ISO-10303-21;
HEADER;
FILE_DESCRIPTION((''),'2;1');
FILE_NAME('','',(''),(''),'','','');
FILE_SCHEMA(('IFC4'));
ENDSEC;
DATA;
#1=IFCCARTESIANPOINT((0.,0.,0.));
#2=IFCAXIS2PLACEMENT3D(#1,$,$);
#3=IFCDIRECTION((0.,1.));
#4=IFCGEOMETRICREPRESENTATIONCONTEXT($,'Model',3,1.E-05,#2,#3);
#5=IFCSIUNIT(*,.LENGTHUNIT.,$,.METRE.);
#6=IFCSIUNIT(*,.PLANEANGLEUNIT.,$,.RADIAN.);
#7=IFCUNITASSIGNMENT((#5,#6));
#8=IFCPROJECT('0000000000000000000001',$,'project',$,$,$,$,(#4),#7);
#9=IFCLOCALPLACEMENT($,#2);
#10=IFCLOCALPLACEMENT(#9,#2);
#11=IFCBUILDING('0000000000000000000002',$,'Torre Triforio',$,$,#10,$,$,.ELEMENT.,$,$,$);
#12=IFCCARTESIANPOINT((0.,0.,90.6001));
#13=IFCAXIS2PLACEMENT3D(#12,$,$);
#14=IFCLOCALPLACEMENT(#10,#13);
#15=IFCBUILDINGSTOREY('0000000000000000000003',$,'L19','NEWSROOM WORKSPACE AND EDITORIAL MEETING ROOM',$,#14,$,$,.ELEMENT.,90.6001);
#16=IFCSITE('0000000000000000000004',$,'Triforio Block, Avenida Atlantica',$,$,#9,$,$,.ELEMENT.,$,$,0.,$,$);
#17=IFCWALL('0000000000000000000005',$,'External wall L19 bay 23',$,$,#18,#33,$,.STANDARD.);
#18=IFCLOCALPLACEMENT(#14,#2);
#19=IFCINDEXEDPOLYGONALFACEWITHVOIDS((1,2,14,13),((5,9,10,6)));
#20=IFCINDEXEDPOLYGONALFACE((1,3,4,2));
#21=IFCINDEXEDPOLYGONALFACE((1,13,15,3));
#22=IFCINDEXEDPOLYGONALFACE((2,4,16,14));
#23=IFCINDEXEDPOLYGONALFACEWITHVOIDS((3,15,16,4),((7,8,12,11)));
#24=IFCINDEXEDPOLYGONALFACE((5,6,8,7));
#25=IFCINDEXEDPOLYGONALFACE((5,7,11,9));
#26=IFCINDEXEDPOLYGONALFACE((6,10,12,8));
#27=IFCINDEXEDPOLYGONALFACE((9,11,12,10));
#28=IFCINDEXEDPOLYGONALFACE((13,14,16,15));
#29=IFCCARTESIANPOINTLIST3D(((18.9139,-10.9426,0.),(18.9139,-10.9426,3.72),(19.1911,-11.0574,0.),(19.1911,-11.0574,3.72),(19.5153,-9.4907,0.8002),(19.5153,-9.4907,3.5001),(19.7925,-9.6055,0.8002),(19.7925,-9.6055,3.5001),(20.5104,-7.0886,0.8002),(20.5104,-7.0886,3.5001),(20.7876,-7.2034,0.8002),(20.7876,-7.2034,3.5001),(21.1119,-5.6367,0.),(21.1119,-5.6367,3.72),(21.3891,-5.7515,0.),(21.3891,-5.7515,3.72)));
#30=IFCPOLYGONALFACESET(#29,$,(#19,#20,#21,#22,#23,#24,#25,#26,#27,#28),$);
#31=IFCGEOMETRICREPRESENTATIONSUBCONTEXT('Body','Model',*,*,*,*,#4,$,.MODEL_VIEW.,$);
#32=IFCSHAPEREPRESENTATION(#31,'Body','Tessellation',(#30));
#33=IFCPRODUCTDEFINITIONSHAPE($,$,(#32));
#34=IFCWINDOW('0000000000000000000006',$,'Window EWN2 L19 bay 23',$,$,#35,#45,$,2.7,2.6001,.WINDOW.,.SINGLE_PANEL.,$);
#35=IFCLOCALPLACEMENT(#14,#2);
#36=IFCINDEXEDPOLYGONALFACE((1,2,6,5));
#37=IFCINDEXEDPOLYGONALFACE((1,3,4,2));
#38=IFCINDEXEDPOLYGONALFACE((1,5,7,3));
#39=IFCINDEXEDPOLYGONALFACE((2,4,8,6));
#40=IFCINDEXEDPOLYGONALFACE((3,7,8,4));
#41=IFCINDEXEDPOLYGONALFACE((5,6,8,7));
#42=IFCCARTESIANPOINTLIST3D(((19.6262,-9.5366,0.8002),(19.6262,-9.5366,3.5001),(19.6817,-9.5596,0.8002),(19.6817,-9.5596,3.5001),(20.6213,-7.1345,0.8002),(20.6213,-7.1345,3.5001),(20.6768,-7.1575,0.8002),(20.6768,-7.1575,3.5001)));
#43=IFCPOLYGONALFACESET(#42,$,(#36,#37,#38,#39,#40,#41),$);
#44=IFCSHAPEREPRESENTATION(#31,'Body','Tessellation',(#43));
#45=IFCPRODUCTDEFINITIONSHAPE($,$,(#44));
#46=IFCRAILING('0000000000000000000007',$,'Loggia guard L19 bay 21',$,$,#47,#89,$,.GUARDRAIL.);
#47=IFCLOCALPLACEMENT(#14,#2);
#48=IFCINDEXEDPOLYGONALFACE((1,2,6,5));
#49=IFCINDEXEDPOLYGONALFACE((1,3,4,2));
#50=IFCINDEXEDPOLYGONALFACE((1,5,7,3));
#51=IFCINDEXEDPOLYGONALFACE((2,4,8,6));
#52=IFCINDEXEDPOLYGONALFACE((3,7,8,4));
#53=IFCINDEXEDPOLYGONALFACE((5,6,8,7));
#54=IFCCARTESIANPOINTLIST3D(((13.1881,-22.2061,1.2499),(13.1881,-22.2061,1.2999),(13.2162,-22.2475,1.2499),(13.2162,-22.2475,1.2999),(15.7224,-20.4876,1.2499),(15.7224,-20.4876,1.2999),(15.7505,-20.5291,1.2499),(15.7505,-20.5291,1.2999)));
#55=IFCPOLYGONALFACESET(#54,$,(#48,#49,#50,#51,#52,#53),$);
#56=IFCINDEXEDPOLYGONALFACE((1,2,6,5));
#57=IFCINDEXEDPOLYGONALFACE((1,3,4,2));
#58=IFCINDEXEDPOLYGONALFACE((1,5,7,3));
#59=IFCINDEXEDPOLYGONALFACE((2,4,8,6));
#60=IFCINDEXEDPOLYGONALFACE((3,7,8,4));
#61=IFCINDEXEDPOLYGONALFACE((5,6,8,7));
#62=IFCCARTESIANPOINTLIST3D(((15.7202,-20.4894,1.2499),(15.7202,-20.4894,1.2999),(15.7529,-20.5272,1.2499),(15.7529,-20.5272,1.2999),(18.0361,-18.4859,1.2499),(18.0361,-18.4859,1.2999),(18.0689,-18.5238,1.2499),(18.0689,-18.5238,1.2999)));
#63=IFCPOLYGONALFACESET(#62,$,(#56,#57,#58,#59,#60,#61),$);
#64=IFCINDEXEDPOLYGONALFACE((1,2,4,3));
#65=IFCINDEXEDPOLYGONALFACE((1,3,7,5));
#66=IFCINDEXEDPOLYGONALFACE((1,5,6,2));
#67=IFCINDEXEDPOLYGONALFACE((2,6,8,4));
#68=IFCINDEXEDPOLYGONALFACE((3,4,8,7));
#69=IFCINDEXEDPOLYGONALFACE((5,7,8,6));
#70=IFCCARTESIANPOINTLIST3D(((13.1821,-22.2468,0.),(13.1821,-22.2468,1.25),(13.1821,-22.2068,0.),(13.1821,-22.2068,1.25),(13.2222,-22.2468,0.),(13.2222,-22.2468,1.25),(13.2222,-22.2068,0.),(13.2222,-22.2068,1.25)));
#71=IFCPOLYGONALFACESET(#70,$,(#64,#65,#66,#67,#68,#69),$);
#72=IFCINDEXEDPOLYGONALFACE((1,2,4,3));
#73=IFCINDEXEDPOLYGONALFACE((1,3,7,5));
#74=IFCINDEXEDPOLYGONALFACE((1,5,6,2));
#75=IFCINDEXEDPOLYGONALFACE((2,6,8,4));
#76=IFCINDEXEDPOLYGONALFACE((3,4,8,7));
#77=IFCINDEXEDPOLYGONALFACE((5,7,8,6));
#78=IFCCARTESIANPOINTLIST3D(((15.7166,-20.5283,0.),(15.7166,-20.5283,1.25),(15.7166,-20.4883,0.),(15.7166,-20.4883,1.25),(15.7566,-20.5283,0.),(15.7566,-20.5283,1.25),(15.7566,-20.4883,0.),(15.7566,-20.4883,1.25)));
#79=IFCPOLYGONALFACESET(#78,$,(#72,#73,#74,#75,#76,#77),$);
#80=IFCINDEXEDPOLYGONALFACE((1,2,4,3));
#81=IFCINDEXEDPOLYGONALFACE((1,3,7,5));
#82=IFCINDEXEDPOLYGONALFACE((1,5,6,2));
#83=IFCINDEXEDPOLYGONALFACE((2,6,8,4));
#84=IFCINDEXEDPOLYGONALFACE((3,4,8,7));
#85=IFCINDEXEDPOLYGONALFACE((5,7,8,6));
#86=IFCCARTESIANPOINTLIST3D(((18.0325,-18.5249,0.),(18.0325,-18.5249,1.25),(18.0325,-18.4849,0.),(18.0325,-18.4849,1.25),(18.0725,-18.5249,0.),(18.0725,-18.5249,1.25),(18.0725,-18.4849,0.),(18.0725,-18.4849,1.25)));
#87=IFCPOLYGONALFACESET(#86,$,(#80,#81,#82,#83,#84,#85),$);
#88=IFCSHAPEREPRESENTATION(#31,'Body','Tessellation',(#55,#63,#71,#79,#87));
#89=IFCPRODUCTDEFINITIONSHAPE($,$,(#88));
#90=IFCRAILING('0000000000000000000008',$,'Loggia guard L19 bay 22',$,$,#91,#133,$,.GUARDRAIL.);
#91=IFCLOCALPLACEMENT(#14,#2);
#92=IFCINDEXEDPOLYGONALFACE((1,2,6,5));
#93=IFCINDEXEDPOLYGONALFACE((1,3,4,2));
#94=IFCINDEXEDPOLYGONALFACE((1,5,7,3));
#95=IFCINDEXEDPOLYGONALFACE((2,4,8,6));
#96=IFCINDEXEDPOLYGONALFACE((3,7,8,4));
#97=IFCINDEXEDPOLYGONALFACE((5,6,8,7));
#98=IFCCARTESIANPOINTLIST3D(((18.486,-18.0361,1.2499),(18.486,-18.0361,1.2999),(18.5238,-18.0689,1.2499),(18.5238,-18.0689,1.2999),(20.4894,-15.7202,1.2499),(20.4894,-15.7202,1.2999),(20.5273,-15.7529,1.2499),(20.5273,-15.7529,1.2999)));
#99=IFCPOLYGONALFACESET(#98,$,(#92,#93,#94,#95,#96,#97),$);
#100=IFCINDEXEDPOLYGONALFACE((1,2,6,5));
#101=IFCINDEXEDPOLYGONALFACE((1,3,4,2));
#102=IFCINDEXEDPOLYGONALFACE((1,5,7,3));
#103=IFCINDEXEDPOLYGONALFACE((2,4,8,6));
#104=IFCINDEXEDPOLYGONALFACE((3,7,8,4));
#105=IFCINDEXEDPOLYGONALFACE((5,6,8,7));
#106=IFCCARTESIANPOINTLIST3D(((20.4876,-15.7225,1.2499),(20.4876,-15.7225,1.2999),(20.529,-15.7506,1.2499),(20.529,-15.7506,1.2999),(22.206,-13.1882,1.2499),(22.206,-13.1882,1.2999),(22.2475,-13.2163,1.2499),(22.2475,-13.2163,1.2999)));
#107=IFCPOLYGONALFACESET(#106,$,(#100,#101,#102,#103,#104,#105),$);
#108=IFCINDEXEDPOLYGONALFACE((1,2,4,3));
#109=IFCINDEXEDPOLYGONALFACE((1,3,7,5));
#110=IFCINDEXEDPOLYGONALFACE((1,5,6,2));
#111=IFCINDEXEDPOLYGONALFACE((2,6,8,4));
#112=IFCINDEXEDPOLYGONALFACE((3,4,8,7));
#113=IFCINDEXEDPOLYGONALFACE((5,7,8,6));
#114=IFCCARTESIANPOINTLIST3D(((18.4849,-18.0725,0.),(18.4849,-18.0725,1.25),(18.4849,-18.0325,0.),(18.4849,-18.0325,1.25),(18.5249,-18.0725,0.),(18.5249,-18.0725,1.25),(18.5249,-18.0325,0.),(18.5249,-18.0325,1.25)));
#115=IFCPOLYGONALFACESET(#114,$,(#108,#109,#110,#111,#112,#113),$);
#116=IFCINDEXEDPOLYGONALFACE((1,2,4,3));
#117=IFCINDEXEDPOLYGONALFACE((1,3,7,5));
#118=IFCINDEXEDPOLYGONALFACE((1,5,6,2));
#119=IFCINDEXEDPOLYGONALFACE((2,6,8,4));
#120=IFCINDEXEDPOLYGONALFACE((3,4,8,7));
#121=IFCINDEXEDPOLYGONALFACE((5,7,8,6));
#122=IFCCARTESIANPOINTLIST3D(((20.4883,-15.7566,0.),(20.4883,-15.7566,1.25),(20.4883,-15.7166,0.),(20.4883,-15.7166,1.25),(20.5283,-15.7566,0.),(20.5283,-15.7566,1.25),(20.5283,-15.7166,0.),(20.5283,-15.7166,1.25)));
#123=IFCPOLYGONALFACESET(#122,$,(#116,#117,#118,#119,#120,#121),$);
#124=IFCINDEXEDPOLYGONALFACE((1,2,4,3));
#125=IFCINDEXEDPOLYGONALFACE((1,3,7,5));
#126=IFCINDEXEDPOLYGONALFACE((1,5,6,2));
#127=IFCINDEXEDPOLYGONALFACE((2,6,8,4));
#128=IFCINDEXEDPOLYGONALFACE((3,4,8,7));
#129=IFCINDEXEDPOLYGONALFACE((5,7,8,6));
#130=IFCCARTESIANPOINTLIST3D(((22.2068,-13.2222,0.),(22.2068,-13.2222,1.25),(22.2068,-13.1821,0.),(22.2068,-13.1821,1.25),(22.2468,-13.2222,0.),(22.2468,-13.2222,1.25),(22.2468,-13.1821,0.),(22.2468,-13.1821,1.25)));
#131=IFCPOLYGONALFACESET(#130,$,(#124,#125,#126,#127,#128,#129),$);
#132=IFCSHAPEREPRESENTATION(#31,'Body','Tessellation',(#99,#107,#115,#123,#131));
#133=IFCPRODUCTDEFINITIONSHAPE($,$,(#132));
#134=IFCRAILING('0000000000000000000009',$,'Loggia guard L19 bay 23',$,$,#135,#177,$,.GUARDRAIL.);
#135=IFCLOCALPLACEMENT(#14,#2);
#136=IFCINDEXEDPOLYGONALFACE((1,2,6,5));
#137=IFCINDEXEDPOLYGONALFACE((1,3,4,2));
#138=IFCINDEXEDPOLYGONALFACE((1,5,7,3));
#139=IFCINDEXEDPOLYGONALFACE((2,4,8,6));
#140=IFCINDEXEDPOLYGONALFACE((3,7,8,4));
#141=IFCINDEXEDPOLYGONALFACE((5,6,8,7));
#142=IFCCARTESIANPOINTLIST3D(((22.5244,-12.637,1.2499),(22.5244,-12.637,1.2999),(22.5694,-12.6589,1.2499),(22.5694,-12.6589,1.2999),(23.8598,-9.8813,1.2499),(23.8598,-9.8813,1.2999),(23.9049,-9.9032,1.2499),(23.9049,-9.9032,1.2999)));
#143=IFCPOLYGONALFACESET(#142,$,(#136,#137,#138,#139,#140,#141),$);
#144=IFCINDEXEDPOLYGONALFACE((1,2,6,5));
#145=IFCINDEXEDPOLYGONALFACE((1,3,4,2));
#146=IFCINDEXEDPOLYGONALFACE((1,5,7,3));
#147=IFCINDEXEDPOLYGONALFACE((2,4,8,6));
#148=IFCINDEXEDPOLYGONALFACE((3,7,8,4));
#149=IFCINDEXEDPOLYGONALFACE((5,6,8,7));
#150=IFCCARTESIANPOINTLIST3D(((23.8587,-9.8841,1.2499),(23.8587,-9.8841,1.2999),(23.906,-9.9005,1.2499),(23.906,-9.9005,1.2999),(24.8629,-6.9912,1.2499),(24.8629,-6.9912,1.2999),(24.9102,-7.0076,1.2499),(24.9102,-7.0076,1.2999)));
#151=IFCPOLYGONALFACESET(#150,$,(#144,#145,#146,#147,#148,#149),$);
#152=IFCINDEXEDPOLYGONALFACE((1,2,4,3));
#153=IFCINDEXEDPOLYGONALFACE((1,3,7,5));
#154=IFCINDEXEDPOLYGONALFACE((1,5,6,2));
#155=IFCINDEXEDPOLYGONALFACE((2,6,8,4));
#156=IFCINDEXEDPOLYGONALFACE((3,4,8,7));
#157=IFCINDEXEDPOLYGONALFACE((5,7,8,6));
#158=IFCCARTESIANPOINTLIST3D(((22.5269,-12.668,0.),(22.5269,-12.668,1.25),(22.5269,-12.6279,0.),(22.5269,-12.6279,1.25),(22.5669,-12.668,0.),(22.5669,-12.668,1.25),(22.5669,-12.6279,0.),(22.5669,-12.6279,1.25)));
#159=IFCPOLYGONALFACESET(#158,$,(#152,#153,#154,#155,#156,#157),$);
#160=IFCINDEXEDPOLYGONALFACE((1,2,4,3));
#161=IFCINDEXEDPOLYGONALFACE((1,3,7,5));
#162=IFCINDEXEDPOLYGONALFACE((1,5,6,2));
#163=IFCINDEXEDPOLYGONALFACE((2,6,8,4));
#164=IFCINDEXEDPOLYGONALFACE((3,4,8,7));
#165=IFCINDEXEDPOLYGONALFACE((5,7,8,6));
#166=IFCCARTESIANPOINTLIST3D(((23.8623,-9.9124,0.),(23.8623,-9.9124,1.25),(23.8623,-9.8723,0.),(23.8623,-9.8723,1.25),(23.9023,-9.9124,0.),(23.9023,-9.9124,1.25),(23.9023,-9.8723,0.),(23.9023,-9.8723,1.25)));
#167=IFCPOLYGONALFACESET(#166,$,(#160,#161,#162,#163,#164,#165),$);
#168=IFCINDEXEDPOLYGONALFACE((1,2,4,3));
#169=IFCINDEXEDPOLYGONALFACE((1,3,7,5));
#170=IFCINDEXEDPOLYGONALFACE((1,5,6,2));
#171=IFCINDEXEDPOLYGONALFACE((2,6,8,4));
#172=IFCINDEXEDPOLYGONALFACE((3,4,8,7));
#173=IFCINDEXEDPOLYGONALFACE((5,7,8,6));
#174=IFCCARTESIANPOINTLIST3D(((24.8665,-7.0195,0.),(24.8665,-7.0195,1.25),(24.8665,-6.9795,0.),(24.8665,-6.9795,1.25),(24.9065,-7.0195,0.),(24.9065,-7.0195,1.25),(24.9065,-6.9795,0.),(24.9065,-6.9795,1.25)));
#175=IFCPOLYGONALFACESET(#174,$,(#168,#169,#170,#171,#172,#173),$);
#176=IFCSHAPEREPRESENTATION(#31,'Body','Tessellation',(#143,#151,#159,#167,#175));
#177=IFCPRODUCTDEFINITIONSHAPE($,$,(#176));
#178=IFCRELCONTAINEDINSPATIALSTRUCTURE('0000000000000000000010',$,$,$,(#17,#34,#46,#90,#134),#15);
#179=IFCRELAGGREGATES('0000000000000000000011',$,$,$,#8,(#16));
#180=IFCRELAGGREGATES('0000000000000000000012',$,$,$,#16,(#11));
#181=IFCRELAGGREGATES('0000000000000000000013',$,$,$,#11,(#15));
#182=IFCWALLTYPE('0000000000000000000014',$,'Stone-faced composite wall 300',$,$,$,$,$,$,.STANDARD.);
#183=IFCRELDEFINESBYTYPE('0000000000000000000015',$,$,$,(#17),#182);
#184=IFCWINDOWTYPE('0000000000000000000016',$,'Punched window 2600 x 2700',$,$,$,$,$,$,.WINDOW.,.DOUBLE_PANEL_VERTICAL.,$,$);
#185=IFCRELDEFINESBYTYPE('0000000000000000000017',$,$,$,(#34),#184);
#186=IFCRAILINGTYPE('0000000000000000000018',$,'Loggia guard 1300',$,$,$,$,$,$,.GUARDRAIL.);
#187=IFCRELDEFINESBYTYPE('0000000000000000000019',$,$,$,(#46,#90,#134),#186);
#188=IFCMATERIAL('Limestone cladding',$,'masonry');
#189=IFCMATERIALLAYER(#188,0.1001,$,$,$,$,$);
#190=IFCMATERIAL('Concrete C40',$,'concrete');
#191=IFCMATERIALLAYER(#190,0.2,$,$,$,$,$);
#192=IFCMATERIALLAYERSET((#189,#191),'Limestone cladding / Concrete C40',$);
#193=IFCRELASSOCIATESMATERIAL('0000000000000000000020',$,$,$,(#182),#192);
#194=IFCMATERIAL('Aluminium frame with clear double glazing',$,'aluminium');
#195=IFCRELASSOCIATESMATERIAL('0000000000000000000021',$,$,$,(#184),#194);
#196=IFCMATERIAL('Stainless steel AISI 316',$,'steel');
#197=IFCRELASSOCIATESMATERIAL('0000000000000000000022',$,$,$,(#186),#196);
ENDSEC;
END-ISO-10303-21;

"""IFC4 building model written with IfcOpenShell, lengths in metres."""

from ifc_helpers import new_model, si_unit, direction, frame, frame_2d, origin, origin_2d, place, context, subcontext, project, spatial, rectangle, extrude, material, layer, layer_set, type_object, element, fill, save


model = new_model("IFC4")

# Units and contexts
model_context = context("Model", 3, precision=1e-05, world=origin(), true_north=direction((0.0, 1.0)))
body_context = subcontext(model_context, "Body", "Model", "MODEL_VIEW")
ifc_project = project(units=[si_unit("LENGTHUNIT", "METRE"), si_unit("PLANEANGLEUNIT", "RADIAN")], contexts=[model_context])

# Site, building, storey
site_placement = place(None, origin())
site = spatial("IfcSite", under=ifc_project, at=site_placement, Name="Triforio Block, Avenida Atlantica", CompositionType="ELEMENT", RefElevation=0.0)
building_placement = place(site_placement, origin())
building = spatial("IfcBuilding", under=site, at=building_placement, Name="Torre Triforio", CompositionType="ELEMENT")
storey_placement = place(building_placement, frame((0.0, 0.0, 90.6001)))
storey = spatial("IfcBuildingStorey", under=building, at=storey_placement, Name="L19", Description="NEWSROOM WORKSPACE AND EDITORIAL MEETING ROOM", CompositionType="ELEMENT", Elevation=90.6001)

# Shared definitions
ifc_material_1 = material(Name="Limestone cladding", Category="masonry")
ifc_material_2 = material(Name="Concrete C40", Category="concrete")

# Shared definitions
ifc_layer_1 = layer(ifc_material_1, 0.1001)
ifc_layer_2 = layer(ifc_material_2, 0.2)
ifc_layer_set_1 = layer_set([ifc_layer_1, ifc_layer_2], Name="Limestone cladding / Concrete C40")
wall_type_1 = type_object("IfcWallType", Name="Stone-faced composite wall 300", PredefinedType="STANDARD", material=ifc_layer_set_1)
ifc_material_3 = material(Name="Aluminium frame with clear double glazing", Category="aluminium")
window_type_1 = type_object("IfcWindowType", Name="Punched window 2600 x 2700", PartitioningType="DOUBLE_PANEL_VERTICAL", PredefinedType="WINDOW", material=ifc_material_3)

# Wall, opening, window
wall_1_placement = place(storey_placement, frame((19.0525, -11.0, 0.0), z_axis=(0.0, 0.0, 1.0), x_axis=(0.382716, 0.923866, 0.0)))
wall_1 = element("IfcWall", 1, at=wall_1_placement, inside=storey, type_object=wall_type_1, Name="External wall L19 bay 23", PredefinedType="STANDARD", context=body_context, shape_type="SweptSolid", body=[
    extrude(rectangle(XDim=5.7432, YDim=0.3, at=frame_2d((2.8716, 0.0))), origin(), (0.0, 0.0, 1.0), 3.72),
])
opening_1_placement = place(wall_1_placement, frame((1.5715, 0.0, 0.8)))
opening_1 = element("IfcOpeningElement", 2, at=opening_1_placement, cuts=wall_1, PredefinedType="OPENING", context=body_context, shape_type="SweptSolid", body=[
    extrude(rectangle(XDim=2.6001, YDim=2.7, at=frame_2d((1.3, 1.3501))), frame((0.0, 0.1599, 0.0), z_axis=(0.0, -1.0, 0.0), x_axis=(1.0, 0.0, 0.0)), (0.0, 0.0, 1.0), 0.3201),
])
window_1_placement = place(opening_1_placement, origin())
window_1 = element("IfcWindow", 3, at=window_1_placement, inside=storey, type_object=window_type_1, Name="Window EWN2 L19 bay 23", OverallHeight=2.7, OverallWidth=2.6001, PartitioningType="SINGLE_PANEL", PredefinedType="WINDOW", context=body_context, shape_type="SweptSolid", body=[
    extrude(rectangle(XDim=2.6001, YDim=2.7, at=frame_2d((1.3, 1.3501))), frame((0.0, 0.03, 0.0), z_axis=(0.0, -1.0, 0.0), x_axis=(1.0, 0.0, 0.0)), (0.0, 0.0, 1.0), 0.0601),
])
fill(opening_1, window_1)

# Railings
ifc_material_4 = material(Name="Stainless steel AISI 316", Category="steel")
railing_type = type_object("IfcRailingType", Name="Loggia guard 1300", PredefinedType="GUARDRAIL", material=ifc_material_4)
railing_1_placement = place(storey_placement, frame((13.2021, -22.2268, 0.0)))
element("IfcRailing", 4, at=railing_1_placement, inside=storey, type_object=railing_type, Name="Loggia guard L19 bay 21", PredefinedType="GUARDRAIL", context=body_context, shape_type="SweptSolid", body=[
    extrude(rectangle(XDim=0.05, YDim=0.05, at=origin_2d()), frame((0.0, 0.0, 1.2749), z_axis=(0.82767, 0.561215, 0.0), x_axis=(-0.561215, 0.82767, 0.0)), (0.0, 0.0, 1.0), 3.062),
    extrude(rectangle(XDim=0.05, YDim=0.05, at=origin_2d()), frame((2.5344, 1.7185, 1.2749), z_axis=(0.756289, 0.654238, 0.0), x_axis=(-0.654238, 0.756289, 0.0)), (0.0, 0.0, 1.0), 3.0623),
    extrude(rectangle(XDim=0.04, YDim=0.04, at=origin_2d()), origin(), (0.0, 0.0, 1.0), 1.25),
    extrude(rectangle(XDim=0.04, YDim=0.04, at=origin_2d()), frame((2.5344, 1.7185, 0.0)), (0.0, 0.0, 1.0), 1.25),
    extrude(rectangle(XDim=0.04, YDim=0.04, at=origin_2d()), frame((4.8503, 3.7219, 0.0)), (0.0, 0.0, 1.0), 1.25),
])
railing_2_placement = place(storey_placement, frame((18.5049, -18.0525, 0.0)))
element("IfcRailing", 5, at=railing_2_placement, inside=storey, type_object=railing_type, Name="Loggia guard L19 bay 22", PredefinedType="GUARDRAIL", context=body_context, shape_type="SweptSolid", body=[
    extrude(rectangle(XDim=0.05, YDim=0.05, at=origin_2d()), frame((0.0, 0.0, 1.2749), z_axis=(0.654238, 0.756289, 0.0), x_axis=(-0.756289, 0.654238, 0.0)), (0.0, 0.0, 1.0), 3.0623),
    extrude(rectangle(XDim=0.05, YDim=0.05, at=origin_2d()), frame((2.0034, 2.3159, 1.2749), z_axis=(0.561215, 0.82767, 0.0), x_axis=(-0.82767, 0.561215, 0.0)), (0.0, 0.0, 1.0), 3.062),
    extrude(rectangle(XDim=0.04, YDim=0.04, at=origin_2d()), origin(), (0.0, 0.0, 1.0), 1.25),
    extrude(rectangle(XDim=0.04, YDim=0.04, at=origin_2d()), frame((2.0034, 2.3159, 0.0)), (0.0, 0.0, 1.0), 1.25),
    extrude(rectangle(XDim=0.04, YDim=0.04, at=origin_2d()), frame((3.7219, 4.8503, 0.0)), (0.0, 0.0, 1.0), 1.25),
])
railing_3_placement = place(storey_placement, frame((22.5469, -12.6479, 0.0)))
element("IfcRailing", 6, at=railing_3_placement, inside=storey, type_object=railing_type, Name="Loggia guard L19 bay 23", PredefinedType="GUARDRAIL", context=body_context, shape_type="SweptSolid", body=[
    extrude(rectangle(XDim=0.05, YDim=0.05, at=origin_2d()), frame((0.0, 0.0, 1.2749), z_axis=(0.436113, 0.899892, 0.0), x_axis=(-0.899892, 0.436113, 0.0)), (0.0, 0.0, 1.0), 3.0623),
    extrude(rectangle(XDim=0.05, YDim=0.05, at=origin_2d()), frame((1.3354, 2.7556, 1.2749), z_axis=(0.327924, 0.944704, 0.0), x_axis=(-0.944704, 0.327924, 0.0)), (0.0, 0.0, 1.0), 3.0623),
    extrude(rectangle(XDim=0.04, YDim=0.04, at=origin_2d()), origin(), (0.0, 0.0, 1.0), 1.25),
    extrude(rectangle(XDim=0.04, YDim=0.04, at=origin_2d()), frame((1.3354, 2.7556, 0.0)), (0.0, 0.0, 1.0), 1.25),
    extrude(rectangle(XDim=0.04, YDim=0.04, at=origin_2d()), frame((2.3396, 5.6484, 0.0)), (0.0, 0.0, 1.0), 1.25),
])

save(model, "model.ifc")
